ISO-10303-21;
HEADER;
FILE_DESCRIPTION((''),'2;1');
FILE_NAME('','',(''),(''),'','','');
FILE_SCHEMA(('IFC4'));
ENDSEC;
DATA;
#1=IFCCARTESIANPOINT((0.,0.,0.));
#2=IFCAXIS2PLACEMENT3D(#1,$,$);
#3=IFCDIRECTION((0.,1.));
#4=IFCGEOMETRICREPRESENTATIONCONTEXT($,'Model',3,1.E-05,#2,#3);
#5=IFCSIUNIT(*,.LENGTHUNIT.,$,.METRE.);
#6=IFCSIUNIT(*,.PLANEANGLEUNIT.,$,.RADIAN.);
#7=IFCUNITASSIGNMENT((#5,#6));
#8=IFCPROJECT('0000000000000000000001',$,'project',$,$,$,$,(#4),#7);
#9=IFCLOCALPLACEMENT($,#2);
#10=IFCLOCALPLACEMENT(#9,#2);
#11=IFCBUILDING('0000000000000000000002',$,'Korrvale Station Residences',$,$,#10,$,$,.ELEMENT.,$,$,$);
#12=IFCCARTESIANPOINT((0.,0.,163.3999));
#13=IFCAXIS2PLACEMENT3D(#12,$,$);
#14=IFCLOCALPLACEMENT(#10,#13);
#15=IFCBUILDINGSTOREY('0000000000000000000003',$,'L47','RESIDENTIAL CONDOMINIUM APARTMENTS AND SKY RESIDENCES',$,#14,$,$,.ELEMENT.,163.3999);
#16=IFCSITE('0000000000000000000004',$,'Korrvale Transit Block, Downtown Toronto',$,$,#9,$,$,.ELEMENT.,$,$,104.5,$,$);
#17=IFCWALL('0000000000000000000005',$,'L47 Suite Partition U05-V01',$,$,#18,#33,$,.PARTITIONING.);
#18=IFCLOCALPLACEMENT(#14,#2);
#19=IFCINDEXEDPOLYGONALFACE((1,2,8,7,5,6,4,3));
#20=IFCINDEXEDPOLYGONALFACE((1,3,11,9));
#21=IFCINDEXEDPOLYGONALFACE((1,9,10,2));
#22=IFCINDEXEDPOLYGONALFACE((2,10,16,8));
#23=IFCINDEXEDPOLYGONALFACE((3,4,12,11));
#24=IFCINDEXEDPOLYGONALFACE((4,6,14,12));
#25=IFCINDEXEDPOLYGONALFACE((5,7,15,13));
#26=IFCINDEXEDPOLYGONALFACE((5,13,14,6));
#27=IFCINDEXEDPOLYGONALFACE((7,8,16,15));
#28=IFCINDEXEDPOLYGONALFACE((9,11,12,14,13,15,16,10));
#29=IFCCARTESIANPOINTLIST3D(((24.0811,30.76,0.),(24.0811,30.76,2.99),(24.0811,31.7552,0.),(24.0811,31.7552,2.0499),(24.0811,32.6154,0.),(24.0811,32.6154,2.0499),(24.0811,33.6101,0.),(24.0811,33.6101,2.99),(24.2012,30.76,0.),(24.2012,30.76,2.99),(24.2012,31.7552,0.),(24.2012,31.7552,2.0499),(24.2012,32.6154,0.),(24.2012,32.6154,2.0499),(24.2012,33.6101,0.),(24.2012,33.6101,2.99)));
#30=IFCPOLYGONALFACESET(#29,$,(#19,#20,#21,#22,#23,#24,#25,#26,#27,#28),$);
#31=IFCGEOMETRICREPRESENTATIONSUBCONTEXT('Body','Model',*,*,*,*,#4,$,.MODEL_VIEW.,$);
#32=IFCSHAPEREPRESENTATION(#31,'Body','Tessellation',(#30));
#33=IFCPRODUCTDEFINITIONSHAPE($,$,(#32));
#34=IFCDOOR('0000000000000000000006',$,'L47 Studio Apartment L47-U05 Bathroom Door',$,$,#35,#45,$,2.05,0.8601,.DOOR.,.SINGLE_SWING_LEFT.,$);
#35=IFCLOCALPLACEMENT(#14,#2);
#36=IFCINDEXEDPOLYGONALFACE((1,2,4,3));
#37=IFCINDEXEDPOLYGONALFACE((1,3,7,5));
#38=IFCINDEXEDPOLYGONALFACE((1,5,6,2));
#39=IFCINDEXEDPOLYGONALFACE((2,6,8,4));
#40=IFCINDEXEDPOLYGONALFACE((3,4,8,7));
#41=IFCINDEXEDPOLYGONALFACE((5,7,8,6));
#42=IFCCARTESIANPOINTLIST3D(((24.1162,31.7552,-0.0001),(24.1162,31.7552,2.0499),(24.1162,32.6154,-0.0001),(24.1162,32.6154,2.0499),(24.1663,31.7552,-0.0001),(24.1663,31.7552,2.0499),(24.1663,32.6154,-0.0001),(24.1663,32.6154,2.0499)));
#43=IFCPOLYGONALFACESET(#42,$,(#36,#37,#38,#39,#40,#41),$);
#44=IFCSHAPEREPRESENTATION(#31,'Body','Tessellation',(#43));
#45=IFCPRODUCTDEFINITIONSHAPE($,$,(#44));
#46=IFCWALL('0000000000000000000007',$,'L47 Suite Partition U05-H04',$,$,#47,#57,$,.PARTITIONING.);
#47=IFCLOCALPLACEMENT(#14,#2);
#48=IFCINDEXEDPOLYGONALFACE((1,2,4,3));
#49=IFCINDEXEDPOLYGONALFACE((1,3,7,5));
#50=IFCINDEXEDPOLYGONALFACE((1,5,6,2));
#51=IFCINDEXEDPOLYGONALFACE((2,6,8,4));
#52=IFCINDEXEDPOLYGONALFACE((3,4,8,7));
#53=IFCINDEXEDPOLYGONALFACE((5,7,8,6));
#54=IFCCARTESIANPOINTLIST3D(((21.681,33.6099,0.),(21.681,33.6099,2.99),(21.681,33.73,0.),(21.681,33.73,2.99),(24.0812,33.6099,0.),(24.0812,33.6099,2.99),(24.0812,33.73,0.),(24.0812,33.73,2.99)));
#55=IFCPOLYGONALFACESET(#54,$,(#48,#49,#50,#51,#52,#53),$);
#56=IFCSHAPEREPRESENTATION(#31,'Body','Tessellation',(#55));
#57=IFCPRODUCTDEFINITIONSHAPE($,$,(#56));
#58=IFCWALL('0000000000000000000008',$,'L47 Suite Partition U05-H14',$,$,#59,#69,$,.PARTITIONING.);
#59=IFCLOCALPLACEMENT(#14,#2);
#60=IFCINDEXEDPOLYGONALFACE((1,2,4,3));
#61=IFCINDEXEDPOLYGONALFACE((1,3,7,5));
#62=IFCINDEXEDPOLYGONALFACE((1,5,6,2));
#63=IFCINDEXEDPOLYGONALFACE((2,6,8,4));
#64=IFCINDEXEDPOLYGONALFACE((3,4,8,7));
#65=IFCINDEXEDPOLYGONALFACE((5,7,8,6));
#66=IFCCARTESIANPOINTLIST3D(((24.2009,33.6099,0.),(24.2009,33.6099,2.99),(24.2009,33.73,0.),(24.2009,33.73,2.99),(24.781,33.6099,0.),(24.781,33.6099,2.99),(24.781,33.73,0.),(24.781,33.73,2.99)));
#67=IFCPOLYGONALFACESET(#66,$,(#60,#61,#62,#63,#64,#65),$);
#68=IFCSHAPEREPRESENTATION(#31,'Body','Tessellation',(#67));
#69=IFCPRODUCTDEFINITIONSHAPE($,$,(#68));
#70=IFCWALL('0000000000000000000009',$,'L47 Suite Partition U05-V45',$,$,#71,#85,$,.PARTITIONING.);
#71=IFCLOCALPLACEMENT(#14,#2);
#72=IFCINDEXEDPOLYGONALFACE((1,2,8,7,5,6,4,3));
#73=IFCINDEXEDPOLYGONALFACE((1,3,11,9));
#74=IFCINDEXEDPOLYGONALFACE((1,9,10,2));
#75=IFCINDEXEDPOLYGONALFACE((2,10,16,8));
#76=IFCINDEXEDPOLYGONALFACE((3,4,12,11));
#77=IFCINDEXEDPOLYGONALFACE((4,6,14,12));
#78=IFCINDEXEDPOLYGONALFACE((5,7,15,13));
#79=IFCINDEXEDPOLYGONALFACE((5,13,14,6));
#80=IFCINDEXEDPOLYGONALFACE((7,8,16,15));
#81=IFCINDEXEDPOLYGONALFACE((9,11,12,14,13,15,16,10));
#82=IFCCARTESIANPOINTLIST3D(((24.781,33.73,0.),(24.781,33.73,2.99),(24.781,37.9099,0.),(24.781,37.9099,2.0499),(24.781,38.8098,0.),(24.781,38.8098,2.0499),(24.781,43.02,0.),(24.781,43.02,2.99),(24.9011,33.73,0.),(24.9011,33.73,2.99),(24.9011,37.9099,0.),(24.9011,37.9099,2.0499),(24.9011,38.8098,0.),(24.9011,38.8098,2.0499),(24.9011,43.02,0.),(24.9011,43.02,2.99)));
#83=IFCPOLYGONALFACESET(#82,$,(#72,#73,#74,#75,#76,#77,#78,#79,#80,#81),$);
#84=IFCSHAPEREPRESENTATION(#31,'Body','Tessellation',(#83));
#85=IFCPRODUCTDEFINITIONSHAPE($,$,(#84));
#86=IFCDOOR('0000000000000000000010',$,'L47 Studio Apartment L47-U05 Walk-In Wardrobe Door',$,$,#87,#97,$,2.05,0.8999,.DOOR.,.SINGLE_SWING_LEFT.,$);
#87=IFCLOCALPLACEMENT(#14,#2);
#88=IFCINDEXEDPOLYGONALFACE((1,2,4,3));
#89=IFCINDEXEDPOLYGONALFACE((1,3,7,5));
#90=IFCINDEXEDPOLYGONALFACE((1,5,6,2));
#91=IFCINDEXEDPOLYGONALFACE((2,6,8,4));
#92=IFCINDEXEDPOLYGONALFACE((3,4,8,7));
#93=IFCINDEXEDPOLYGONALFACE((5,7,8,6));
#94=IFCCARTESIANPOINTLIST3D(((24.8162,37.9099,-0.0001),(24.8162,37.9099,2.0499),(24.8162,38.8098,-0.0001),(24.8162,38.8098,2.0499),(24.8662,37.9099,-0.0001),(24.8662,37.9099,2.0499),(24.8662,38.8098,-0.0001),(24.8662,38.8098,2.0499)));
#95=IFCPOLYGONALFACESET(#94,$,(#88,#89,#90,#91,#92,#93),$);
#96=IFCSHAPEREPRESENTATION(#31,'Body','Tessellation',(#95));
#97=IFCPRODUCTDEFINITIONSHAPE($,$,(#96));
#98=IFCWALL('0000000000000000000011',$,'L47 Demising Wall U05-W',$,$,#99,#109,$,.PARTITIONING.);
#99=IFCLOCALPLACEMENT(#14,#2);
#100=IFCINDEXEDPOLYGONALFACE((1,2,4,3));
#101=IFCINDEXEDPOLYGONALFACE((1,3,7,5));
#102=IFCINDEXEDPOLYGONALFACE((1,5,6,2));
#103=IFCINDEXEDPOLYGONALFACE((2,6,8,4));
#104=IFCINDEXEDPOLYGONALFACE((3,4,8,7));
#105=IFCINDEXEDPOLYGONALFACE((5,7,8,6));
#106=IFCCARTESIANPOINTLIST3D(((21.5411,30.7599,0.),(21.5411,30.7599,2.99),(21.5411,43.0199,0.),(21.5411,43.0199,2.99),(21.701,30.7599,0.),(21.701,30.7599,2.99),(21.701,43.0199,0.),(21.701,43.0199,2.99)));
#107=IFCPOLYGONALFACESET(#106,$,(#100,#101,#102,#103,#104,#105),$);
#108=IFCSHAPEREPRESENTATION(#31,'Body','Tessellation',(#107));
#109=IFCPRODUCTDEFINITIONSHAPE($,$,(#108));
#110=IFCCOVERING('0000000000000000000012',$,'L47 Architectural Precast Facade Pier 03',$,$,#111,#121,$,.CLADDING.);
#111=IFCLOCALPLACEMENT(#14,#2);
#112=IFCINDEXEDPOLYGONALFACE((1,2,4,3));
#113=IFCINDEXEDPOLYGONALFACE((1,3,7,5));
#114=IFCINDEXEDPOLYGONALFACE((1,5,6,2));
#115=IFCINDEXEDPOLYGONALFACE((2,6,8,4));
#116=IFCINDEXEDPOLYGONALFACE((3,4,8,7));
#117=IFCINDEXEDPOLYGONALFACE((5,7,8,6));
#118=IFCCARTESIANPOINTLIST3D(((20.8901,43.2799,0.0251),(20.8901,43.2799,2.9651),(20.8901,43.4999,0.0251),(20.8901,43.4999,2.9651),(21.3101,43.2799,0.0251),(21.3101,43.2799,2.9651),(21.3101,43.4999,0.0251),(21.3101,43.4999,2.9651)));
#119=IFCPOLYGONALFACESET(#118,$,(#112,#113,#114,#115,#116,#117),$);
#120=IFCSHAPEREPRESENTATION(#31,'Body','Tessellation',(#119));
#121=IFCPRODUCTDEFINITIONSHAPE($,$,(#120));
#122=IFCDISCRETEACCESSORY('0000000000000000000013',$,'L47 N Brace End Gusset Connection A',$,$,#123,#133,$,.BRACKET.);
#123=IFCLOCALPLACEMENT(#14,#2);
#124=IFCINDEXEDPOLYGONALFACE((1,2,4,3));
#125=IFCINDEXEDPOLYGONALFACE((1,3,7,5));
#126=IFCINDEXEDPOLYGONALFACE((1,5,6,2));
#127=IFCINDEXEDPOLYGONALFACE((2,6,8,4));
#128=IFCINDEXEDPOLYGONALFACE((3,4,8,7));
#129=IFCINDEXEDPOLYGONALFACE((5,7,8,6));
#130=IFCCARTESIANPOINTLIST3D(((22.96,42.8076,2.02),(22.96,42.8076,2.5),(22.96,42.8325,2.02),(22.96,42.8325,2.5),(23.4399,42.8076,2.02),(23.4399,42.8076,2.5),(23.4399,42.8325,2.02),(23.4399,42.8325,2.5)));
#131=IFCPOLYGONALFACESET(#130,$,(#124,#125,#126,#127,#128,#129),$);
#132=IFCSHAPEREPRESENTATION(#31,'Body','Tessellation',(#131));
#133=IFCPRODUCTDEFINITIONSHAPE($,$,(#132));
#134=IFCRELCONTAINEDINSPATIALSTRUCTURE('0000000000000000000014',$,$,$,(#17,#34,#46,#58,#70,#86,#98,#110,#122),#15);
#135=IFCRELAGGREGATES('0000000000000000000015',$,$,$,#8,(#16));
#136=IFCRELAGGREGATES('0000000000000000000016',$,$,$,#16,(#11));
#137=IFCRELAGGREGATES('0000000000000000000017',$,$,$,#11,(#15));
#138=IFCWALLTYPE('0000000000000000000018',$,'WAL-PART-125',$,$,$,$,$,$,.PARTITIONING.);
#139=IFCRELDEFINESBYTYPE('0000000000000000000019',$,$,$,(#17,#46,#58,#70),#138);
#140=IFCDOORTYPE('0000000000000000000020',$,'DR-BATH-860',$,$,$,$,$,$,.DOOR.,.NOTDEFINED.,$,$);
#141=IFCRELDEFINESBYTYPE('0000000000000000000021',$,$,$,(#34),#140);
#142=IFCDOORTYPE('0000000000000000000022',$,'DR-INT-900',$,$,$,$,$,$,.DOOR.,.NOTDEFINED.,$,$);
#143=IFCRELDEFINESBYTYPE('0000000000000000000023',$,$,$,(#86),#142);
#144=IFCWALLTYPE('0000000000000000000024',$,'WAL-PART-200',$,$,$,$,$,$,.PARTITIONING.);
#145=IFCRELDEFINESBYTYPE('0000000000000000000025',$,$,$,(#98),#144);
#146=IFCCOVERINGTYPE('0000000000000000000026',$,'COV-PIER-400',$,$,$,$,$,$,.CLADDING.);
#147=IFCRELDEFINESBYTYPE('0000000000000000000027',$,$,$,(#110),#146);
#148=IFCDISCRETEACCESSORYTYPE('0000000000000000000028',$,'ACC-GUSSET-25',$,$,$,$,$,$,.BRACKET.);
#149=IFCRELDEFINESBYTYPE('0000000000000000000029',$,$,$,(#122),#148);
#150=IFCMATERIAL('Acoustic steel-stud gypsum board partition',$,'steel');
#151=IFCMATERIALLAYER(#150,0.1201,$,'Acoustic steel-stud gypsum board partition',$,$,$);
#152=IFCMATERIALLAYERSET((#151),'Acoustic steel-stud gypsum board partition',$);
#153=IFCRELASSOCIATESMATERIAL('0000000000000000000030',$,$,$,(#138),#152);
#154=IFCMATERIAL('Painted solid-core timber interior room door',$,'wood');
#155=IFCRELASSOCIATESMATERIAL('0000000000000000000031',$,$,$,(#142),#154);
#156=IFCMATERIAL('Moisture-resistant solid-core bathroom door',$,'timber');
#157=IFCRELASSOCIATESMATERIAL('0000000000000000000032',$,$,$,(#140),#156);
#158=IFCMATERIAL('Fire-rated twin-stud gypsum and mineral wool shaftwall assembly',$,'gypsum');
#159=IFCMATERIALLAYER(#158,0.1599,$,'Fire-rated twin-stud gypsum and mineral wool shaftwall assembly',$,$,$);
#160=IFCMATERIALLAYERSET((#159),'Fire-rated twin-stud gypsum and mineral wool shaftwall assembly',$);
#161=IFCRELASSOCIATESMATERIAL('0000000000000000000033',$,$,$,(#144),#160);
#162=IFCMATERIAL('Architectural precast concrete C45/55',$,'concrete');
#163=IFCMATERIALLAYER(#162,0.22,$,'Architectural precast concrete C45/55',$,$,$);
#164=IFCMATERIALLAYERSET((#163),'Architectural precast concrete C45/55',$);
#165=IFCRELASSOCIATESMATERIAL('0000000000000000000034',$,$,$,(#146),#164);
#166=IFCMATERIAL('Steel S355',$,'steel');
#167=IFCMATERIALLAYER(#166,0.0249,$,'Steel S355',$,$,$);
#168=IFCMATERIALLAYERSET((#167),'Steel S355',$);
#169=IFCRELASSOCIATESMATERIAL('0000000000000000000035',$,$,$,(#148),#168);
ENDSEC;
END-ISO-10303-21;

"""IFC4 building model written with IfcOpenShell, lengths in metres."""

from ifc_helpers import new_model, si_unit, direction, frame, frame_2d, origin, origin_2d, place, context, subcontext, project, spatial, rectangle, extrude, material, layer, layer_set, type_object, element, fill, save


model = new_model("IFC4")

# Units and contexts
model_context = context("Model", 3, precision=1e-05, world=origin(), true_north=direction((0.0, 1.0)))
body_context = subcontext(model_context, "Body", "Model", "MODEL_VIEW")
ifc_project = project(units=[si_unit("LENGTHUNIT", "METRE"), si_unit("PLANEANGLEUNIT", "RADIAN")], contexts=[model_context])

# Site, building, storey
site_placement = place(None, origin())
site = spatial("IfcSite", under=ifc_project, at=site_placement, Name="Korrvale Transit Block, Downtown Toronto", CompositionType="ELEMENT", RefElevation=104.5)
building_placement = place(site_placement, origin())
building = spatial("IfcBuilding", under=site, at=building_placement, Name="Korrvale Station Residences", CompositionType="ELEMENT")
storey_placement = place(building_placement, frame((0.0, 0.0, 163.3999)))
storey = spatial("IfcBuildingStorey", under=building, at=storey_placement, Name="L47", Description="RESIDENTIAL CONDOMINIUM APARTMENTS AND SKY RESIDENCES", CompositionType="ELEMENT", Elevation=163.3999)

# Shared definitions
ifc_material_1 = material(Name="Steel S355", Category="steel")

# Shared definitions
ifc_material_2 = material(Name="Acoustic steel-stud gypsum board partition", Category="steel")
ifc_layer_1 = layer(ifc_material_2, 0.1201, Name="Acoustic steel-stud gypsum board partition")
ifc_layer_set_1 = layer_set([ifc_layer_1], Name="Acoustic steel-stud gypsum board partition")
wall_type_1 = type_object("IfcWallType", Name="WAL-PART-125", PredefinedType="PARTITIONING", material=ifc_layer_set_1)
ifc_material_3 = material(Name="Painted solid-core timber interior room door", Category="wood")
door_type_1 = type_object("IfcDoorType", Name="DR-INT-900", OperationType="NOTDEFINED", PredefinedType="DOOR", material=ifc_material_3)
ifc_material_4 = material(Name="Moisture-resistant solid-core bathroom door", Category="timber")
door_type_2 = type_object("IfcDoorType", Name="DR-BATH-860", OperationType="NOTDEFINED", PredefinedType="DOOR", material=ifc_material_4)

# Wall, opening, door
wall_1_placement = place(storey_placement, frame((24.1411, 30.76, 0.0), z_axis=(0.0, 0.0, 1.0), x_axis=(0.0, 1.0, 0.0)))
wall_1 = element("IfcWall", 1, at=wall_1_placement, inside=storey, type_object=wall_type_1, Name="L47 Suite Partition U05-V01", PredefinedType="PARTITIONING", context=body_context, shape_type="SweptSolid", body=[
    extrude(rectangle(XDim=2.8501, YDim=0.1201, at=frame_2d((1.425, 0.0))), origin(), (0.0, 0.0, 1.0), 2.99),
])
opening_1_placement = place(wall_1_placement, frame((0.9951, 0.0, 0.0)))
opening_1 = element("IfcOpeningElement", 2, at=opening_1_placement, cuts=wall_1, PredefinedType="OPENING", context=body_context, shape_type="SweptSolid", body=[
    extrude(rectangle(XDim=0.8601, YDim=2.05, at=frame_2d((0.4302, 1.0249))), frame((0.0, 0.0701, 0.0), z_axis=(0.0, -1.0, 0.0), x_axis=(1.0, 0.0, 0.0)), (0.0, 0.0, 1.0), 0.1401),
])
door_1_placement = place(opening_1_placement, origin())
door_1 = element("IfcDoor", 3, at=door_1_placement, inside=storey, type_object=door_type_2, Name="L47 Studio Apartment L47-U05 Bathroom Door", OperationType="SINGLE_SWING_LEFT", OverallHeight=2.05, OverallWidth=0.8601, PredefinedType="DOOR", context=body_context, shape_type="SweptSolid", body=[
    extrude(rectangle(XDim=0.8601, YDim=2.05, at=frame_2d((0.4302, 1.0249))), frame((0.0, 0.0249, 0.0), z_axis=(0.0, -1.0, 0.0), x_axis=(1.0, 0.0, 0.0)), (0.0, 0.0, 1.0), 0.05),
])
fill(opening_1, door_1)

# Walls
wall_2_placement = place(storey_placement, frame((21.6809, 33.6699, 0.0), z_axis=(0.0, 0.0, 1.0), x_axis=(1.0, 0.0, 0.0)))
element("IfcWall", 4, at=wall_2_placement, inside=storey, type_object=wall_type_1, Name="L47 Suite Partition U05-H04", PredefinedType="PARTITIONING", context=body_context, shape_type="SweptSolid", body=[
    extrude(rectangle(XDim=2.4001, YDim=0.1201, at=frame_2d((1.2002, 0.0))), origin(), (0.0, 0.0, 1.0), 2.99),
])
wall_3_placement = place(storey_placement, frame((24.2009, 33.6699, 0.0), z_axis=(0.0, 0.0, 1.0), x_axis=(1.0, 0.0, 0.0)))
element("IfcWall", 5, at=wall_3_placement, inside=storey, type_object=wall_type_1, Name="L47 Suite Partition U05-H14", PredefinedType="PARTITIONING", context=body_context, shape_type="SweptSolid", body=[
    extrude(rectangle(XDim=0.5801, YDim=0.1201, at=frame_2d((0.29, 0.0))), origin(), (0.0, 0.0, 1.0), 2.99),
])

# Wall, opening, door
wall_4_placement = place(storey_placement, frame((24.8411, 33.73, 0.0), z_axis=(0.0, 0.0, 1.0), x_axis=(0.0, 1.0, 0.0)))
wall_4 = element("IfcWall", 6, at=wall_4_placement, inside=storey, type_object=wall_type_1, Name="L47 Suite Partition U05-V45", PredefinedType="PARTITIONING", context=body_context, shape_type="SweptSolid", body=[
    extrude(rectangle(XDim=9.29, YDim=0.1201, at=frame_2d((4.645, 0.0))), origin(), (0.0, 0.0, 1.0), 2.99),
])
opening_2_placement = place(wall_4_placement, frame((4.1799, 0.0, 0.0)))
opening_2 = element("IfcOpeningElement", 7, at=opening_2_placement, cuts=wall_4, PredefinedType="OPENING", context=body_context, shape_type="SweptSolid", body=[
    extrude(rectangle(XDim=0.8999, YDim=2.05, at=frame_2d((0.45, 1.0249))), frame((0.0, 0.0701, 0.0), z_axis=(0.0, -1.0, 0.0), x_axis=(1.0, 0.0, 0.0)), (0.0, 0.0, 1.0), 0.1401),
])
door_2_placement = place(opening_2_placement, origin())
door_2 = element("IfcDoor", 8, at=door_2_placement, inside=storey, type_object=door_type_1, Name="L47 Studio Apartment L47-U05 Walk-In Wardrobe Door", OperationType="SINGLE_SWING_LEFT", OverallHeight=2.05, OverallWidth=0.8999, PredefinedType="DOOR", context=body_context, shape_type="SweptSolid", body=[
    extrude(rectangle(XDim=0.8999, YDim=2.05, at=frame_2d((0.45, 1.0249))), frame((0.0, 0.0249, 0.0), z_axis=(0.0, -1.0, 0.0), x_axis=(1.0, 0.0, 0.0)), (0.0, 0.0, 1.0), 0.05),
])
fill(opening_2, door_2)

# Wall
ifc_material_5 = material(Name="Fire-rated twin-stud gypsum and mineral wool shaftwall assembly", Category="gypsum")
ifc_layer_2 = layer(ifc_material_5, 0.1599, Name="Fire-rated twin-stud gypsum and mineral wool shaftwall assembly")
ifc_layer_set_2 = layer_set([ifc_layer_2], Name="Fire-rated twin-stud gypsum and mineral wool shaftwall assembly")
wall_type_2 = type_object("IfcWallType", Name="WAL-PART-200", PredefinedType="PARTITIONING", material=ifc_layer_set_2)
wall_5_placement = place(storey_placement, frame((21.6211, 30.76, 0.0), z_axis=(0.0, 0.0, 1.0), x_axis=(0.0, 1.0, 0.0)))
element("IfcWall", 9, at=wall_5_placement, inside=storey, type_object=wall_type_2, Name="L47 Demising Wall U05-W", PredefinedType="PARTITIONING", context=body_context, shape_type="SweptSolid", body=[
    extrude(rectangle(XDim=12.26, YDim=0.1599, at=frame_2d((6.1299, 0.0))), origin(), (0.0, 0.0, 1.0), 2.99),
])

# Covering
ifc_material_6 = material(Name="Architectural precast concrete C45/55", Category="concrete")
ifc_layer_3 = layer(ifc_material_6, 0.22, Name="Architectural precast concrete C45/55")
ifc_layer_set_3 = layer_set([ifc_layer_3], Name="Architectural precast concrete C45/55")
covering_type = type_object("IfcCoveringType", Name="COV-PIER-400", PredefinedType="CLADDING", material=ifc_layer_set_3)
covering_placement = place(storey_placement, frame((21.1001, 43.3899, 0.0251), z_axis=(0.0, 0.0, 1.0), x_axis=(1.0, 0.0, 0.0)))
element("IfcCovering", 10, at=covering_placement, inside=storey, type_object=covering_type, Name="L47 Architectural Precast Facade Pier 03", PredefinedType="CLADDING", context=body_context, shape_type="SweptSolid", body=[
    extrude(rectangle(XDim=0.4199, YDim=0.22, at=origin_2d()), origin(), (0.0, 0.0, 1.0), 2.9399),
])

# Discrete accessory
ifc_layer_4 = layer(ifc_material_1, 0.0249, Name="Steel S355")
ifc_layer_set_4 = layer_set([ifc_layer_4], Name="Steel S355")
discrete_accessory_type = type_object("IfcDiscreteAccessoryType", Name="ACC-GUSSET-25", PredefinedType="BRACKET", material=ifc_layer_set_4)
discrete_accessory_placement = place(storey_placement, frame((23.2, 42.8201, 2.02), z_axis=(0.0, 0.0, 1.0), x_axis=(1.0, 0.0, 0.0)))
element("IfcDiscreteAccessory", 11, at=discrete_accessory_placement, inside=storey, type_object=discrete_accessory_type, Name="L47 N Brace End Gusset Connection A", PredefinedType="BRACKET", context=body_context, shape_type="SweptSolid", body=[
    extrude(rectangle(XDim=0.48, YDim=0.0249, at=origin_2d()), origin(), (0.0, 0.0, 1.0), 0.48),
])

save(model, "model.ifc")
